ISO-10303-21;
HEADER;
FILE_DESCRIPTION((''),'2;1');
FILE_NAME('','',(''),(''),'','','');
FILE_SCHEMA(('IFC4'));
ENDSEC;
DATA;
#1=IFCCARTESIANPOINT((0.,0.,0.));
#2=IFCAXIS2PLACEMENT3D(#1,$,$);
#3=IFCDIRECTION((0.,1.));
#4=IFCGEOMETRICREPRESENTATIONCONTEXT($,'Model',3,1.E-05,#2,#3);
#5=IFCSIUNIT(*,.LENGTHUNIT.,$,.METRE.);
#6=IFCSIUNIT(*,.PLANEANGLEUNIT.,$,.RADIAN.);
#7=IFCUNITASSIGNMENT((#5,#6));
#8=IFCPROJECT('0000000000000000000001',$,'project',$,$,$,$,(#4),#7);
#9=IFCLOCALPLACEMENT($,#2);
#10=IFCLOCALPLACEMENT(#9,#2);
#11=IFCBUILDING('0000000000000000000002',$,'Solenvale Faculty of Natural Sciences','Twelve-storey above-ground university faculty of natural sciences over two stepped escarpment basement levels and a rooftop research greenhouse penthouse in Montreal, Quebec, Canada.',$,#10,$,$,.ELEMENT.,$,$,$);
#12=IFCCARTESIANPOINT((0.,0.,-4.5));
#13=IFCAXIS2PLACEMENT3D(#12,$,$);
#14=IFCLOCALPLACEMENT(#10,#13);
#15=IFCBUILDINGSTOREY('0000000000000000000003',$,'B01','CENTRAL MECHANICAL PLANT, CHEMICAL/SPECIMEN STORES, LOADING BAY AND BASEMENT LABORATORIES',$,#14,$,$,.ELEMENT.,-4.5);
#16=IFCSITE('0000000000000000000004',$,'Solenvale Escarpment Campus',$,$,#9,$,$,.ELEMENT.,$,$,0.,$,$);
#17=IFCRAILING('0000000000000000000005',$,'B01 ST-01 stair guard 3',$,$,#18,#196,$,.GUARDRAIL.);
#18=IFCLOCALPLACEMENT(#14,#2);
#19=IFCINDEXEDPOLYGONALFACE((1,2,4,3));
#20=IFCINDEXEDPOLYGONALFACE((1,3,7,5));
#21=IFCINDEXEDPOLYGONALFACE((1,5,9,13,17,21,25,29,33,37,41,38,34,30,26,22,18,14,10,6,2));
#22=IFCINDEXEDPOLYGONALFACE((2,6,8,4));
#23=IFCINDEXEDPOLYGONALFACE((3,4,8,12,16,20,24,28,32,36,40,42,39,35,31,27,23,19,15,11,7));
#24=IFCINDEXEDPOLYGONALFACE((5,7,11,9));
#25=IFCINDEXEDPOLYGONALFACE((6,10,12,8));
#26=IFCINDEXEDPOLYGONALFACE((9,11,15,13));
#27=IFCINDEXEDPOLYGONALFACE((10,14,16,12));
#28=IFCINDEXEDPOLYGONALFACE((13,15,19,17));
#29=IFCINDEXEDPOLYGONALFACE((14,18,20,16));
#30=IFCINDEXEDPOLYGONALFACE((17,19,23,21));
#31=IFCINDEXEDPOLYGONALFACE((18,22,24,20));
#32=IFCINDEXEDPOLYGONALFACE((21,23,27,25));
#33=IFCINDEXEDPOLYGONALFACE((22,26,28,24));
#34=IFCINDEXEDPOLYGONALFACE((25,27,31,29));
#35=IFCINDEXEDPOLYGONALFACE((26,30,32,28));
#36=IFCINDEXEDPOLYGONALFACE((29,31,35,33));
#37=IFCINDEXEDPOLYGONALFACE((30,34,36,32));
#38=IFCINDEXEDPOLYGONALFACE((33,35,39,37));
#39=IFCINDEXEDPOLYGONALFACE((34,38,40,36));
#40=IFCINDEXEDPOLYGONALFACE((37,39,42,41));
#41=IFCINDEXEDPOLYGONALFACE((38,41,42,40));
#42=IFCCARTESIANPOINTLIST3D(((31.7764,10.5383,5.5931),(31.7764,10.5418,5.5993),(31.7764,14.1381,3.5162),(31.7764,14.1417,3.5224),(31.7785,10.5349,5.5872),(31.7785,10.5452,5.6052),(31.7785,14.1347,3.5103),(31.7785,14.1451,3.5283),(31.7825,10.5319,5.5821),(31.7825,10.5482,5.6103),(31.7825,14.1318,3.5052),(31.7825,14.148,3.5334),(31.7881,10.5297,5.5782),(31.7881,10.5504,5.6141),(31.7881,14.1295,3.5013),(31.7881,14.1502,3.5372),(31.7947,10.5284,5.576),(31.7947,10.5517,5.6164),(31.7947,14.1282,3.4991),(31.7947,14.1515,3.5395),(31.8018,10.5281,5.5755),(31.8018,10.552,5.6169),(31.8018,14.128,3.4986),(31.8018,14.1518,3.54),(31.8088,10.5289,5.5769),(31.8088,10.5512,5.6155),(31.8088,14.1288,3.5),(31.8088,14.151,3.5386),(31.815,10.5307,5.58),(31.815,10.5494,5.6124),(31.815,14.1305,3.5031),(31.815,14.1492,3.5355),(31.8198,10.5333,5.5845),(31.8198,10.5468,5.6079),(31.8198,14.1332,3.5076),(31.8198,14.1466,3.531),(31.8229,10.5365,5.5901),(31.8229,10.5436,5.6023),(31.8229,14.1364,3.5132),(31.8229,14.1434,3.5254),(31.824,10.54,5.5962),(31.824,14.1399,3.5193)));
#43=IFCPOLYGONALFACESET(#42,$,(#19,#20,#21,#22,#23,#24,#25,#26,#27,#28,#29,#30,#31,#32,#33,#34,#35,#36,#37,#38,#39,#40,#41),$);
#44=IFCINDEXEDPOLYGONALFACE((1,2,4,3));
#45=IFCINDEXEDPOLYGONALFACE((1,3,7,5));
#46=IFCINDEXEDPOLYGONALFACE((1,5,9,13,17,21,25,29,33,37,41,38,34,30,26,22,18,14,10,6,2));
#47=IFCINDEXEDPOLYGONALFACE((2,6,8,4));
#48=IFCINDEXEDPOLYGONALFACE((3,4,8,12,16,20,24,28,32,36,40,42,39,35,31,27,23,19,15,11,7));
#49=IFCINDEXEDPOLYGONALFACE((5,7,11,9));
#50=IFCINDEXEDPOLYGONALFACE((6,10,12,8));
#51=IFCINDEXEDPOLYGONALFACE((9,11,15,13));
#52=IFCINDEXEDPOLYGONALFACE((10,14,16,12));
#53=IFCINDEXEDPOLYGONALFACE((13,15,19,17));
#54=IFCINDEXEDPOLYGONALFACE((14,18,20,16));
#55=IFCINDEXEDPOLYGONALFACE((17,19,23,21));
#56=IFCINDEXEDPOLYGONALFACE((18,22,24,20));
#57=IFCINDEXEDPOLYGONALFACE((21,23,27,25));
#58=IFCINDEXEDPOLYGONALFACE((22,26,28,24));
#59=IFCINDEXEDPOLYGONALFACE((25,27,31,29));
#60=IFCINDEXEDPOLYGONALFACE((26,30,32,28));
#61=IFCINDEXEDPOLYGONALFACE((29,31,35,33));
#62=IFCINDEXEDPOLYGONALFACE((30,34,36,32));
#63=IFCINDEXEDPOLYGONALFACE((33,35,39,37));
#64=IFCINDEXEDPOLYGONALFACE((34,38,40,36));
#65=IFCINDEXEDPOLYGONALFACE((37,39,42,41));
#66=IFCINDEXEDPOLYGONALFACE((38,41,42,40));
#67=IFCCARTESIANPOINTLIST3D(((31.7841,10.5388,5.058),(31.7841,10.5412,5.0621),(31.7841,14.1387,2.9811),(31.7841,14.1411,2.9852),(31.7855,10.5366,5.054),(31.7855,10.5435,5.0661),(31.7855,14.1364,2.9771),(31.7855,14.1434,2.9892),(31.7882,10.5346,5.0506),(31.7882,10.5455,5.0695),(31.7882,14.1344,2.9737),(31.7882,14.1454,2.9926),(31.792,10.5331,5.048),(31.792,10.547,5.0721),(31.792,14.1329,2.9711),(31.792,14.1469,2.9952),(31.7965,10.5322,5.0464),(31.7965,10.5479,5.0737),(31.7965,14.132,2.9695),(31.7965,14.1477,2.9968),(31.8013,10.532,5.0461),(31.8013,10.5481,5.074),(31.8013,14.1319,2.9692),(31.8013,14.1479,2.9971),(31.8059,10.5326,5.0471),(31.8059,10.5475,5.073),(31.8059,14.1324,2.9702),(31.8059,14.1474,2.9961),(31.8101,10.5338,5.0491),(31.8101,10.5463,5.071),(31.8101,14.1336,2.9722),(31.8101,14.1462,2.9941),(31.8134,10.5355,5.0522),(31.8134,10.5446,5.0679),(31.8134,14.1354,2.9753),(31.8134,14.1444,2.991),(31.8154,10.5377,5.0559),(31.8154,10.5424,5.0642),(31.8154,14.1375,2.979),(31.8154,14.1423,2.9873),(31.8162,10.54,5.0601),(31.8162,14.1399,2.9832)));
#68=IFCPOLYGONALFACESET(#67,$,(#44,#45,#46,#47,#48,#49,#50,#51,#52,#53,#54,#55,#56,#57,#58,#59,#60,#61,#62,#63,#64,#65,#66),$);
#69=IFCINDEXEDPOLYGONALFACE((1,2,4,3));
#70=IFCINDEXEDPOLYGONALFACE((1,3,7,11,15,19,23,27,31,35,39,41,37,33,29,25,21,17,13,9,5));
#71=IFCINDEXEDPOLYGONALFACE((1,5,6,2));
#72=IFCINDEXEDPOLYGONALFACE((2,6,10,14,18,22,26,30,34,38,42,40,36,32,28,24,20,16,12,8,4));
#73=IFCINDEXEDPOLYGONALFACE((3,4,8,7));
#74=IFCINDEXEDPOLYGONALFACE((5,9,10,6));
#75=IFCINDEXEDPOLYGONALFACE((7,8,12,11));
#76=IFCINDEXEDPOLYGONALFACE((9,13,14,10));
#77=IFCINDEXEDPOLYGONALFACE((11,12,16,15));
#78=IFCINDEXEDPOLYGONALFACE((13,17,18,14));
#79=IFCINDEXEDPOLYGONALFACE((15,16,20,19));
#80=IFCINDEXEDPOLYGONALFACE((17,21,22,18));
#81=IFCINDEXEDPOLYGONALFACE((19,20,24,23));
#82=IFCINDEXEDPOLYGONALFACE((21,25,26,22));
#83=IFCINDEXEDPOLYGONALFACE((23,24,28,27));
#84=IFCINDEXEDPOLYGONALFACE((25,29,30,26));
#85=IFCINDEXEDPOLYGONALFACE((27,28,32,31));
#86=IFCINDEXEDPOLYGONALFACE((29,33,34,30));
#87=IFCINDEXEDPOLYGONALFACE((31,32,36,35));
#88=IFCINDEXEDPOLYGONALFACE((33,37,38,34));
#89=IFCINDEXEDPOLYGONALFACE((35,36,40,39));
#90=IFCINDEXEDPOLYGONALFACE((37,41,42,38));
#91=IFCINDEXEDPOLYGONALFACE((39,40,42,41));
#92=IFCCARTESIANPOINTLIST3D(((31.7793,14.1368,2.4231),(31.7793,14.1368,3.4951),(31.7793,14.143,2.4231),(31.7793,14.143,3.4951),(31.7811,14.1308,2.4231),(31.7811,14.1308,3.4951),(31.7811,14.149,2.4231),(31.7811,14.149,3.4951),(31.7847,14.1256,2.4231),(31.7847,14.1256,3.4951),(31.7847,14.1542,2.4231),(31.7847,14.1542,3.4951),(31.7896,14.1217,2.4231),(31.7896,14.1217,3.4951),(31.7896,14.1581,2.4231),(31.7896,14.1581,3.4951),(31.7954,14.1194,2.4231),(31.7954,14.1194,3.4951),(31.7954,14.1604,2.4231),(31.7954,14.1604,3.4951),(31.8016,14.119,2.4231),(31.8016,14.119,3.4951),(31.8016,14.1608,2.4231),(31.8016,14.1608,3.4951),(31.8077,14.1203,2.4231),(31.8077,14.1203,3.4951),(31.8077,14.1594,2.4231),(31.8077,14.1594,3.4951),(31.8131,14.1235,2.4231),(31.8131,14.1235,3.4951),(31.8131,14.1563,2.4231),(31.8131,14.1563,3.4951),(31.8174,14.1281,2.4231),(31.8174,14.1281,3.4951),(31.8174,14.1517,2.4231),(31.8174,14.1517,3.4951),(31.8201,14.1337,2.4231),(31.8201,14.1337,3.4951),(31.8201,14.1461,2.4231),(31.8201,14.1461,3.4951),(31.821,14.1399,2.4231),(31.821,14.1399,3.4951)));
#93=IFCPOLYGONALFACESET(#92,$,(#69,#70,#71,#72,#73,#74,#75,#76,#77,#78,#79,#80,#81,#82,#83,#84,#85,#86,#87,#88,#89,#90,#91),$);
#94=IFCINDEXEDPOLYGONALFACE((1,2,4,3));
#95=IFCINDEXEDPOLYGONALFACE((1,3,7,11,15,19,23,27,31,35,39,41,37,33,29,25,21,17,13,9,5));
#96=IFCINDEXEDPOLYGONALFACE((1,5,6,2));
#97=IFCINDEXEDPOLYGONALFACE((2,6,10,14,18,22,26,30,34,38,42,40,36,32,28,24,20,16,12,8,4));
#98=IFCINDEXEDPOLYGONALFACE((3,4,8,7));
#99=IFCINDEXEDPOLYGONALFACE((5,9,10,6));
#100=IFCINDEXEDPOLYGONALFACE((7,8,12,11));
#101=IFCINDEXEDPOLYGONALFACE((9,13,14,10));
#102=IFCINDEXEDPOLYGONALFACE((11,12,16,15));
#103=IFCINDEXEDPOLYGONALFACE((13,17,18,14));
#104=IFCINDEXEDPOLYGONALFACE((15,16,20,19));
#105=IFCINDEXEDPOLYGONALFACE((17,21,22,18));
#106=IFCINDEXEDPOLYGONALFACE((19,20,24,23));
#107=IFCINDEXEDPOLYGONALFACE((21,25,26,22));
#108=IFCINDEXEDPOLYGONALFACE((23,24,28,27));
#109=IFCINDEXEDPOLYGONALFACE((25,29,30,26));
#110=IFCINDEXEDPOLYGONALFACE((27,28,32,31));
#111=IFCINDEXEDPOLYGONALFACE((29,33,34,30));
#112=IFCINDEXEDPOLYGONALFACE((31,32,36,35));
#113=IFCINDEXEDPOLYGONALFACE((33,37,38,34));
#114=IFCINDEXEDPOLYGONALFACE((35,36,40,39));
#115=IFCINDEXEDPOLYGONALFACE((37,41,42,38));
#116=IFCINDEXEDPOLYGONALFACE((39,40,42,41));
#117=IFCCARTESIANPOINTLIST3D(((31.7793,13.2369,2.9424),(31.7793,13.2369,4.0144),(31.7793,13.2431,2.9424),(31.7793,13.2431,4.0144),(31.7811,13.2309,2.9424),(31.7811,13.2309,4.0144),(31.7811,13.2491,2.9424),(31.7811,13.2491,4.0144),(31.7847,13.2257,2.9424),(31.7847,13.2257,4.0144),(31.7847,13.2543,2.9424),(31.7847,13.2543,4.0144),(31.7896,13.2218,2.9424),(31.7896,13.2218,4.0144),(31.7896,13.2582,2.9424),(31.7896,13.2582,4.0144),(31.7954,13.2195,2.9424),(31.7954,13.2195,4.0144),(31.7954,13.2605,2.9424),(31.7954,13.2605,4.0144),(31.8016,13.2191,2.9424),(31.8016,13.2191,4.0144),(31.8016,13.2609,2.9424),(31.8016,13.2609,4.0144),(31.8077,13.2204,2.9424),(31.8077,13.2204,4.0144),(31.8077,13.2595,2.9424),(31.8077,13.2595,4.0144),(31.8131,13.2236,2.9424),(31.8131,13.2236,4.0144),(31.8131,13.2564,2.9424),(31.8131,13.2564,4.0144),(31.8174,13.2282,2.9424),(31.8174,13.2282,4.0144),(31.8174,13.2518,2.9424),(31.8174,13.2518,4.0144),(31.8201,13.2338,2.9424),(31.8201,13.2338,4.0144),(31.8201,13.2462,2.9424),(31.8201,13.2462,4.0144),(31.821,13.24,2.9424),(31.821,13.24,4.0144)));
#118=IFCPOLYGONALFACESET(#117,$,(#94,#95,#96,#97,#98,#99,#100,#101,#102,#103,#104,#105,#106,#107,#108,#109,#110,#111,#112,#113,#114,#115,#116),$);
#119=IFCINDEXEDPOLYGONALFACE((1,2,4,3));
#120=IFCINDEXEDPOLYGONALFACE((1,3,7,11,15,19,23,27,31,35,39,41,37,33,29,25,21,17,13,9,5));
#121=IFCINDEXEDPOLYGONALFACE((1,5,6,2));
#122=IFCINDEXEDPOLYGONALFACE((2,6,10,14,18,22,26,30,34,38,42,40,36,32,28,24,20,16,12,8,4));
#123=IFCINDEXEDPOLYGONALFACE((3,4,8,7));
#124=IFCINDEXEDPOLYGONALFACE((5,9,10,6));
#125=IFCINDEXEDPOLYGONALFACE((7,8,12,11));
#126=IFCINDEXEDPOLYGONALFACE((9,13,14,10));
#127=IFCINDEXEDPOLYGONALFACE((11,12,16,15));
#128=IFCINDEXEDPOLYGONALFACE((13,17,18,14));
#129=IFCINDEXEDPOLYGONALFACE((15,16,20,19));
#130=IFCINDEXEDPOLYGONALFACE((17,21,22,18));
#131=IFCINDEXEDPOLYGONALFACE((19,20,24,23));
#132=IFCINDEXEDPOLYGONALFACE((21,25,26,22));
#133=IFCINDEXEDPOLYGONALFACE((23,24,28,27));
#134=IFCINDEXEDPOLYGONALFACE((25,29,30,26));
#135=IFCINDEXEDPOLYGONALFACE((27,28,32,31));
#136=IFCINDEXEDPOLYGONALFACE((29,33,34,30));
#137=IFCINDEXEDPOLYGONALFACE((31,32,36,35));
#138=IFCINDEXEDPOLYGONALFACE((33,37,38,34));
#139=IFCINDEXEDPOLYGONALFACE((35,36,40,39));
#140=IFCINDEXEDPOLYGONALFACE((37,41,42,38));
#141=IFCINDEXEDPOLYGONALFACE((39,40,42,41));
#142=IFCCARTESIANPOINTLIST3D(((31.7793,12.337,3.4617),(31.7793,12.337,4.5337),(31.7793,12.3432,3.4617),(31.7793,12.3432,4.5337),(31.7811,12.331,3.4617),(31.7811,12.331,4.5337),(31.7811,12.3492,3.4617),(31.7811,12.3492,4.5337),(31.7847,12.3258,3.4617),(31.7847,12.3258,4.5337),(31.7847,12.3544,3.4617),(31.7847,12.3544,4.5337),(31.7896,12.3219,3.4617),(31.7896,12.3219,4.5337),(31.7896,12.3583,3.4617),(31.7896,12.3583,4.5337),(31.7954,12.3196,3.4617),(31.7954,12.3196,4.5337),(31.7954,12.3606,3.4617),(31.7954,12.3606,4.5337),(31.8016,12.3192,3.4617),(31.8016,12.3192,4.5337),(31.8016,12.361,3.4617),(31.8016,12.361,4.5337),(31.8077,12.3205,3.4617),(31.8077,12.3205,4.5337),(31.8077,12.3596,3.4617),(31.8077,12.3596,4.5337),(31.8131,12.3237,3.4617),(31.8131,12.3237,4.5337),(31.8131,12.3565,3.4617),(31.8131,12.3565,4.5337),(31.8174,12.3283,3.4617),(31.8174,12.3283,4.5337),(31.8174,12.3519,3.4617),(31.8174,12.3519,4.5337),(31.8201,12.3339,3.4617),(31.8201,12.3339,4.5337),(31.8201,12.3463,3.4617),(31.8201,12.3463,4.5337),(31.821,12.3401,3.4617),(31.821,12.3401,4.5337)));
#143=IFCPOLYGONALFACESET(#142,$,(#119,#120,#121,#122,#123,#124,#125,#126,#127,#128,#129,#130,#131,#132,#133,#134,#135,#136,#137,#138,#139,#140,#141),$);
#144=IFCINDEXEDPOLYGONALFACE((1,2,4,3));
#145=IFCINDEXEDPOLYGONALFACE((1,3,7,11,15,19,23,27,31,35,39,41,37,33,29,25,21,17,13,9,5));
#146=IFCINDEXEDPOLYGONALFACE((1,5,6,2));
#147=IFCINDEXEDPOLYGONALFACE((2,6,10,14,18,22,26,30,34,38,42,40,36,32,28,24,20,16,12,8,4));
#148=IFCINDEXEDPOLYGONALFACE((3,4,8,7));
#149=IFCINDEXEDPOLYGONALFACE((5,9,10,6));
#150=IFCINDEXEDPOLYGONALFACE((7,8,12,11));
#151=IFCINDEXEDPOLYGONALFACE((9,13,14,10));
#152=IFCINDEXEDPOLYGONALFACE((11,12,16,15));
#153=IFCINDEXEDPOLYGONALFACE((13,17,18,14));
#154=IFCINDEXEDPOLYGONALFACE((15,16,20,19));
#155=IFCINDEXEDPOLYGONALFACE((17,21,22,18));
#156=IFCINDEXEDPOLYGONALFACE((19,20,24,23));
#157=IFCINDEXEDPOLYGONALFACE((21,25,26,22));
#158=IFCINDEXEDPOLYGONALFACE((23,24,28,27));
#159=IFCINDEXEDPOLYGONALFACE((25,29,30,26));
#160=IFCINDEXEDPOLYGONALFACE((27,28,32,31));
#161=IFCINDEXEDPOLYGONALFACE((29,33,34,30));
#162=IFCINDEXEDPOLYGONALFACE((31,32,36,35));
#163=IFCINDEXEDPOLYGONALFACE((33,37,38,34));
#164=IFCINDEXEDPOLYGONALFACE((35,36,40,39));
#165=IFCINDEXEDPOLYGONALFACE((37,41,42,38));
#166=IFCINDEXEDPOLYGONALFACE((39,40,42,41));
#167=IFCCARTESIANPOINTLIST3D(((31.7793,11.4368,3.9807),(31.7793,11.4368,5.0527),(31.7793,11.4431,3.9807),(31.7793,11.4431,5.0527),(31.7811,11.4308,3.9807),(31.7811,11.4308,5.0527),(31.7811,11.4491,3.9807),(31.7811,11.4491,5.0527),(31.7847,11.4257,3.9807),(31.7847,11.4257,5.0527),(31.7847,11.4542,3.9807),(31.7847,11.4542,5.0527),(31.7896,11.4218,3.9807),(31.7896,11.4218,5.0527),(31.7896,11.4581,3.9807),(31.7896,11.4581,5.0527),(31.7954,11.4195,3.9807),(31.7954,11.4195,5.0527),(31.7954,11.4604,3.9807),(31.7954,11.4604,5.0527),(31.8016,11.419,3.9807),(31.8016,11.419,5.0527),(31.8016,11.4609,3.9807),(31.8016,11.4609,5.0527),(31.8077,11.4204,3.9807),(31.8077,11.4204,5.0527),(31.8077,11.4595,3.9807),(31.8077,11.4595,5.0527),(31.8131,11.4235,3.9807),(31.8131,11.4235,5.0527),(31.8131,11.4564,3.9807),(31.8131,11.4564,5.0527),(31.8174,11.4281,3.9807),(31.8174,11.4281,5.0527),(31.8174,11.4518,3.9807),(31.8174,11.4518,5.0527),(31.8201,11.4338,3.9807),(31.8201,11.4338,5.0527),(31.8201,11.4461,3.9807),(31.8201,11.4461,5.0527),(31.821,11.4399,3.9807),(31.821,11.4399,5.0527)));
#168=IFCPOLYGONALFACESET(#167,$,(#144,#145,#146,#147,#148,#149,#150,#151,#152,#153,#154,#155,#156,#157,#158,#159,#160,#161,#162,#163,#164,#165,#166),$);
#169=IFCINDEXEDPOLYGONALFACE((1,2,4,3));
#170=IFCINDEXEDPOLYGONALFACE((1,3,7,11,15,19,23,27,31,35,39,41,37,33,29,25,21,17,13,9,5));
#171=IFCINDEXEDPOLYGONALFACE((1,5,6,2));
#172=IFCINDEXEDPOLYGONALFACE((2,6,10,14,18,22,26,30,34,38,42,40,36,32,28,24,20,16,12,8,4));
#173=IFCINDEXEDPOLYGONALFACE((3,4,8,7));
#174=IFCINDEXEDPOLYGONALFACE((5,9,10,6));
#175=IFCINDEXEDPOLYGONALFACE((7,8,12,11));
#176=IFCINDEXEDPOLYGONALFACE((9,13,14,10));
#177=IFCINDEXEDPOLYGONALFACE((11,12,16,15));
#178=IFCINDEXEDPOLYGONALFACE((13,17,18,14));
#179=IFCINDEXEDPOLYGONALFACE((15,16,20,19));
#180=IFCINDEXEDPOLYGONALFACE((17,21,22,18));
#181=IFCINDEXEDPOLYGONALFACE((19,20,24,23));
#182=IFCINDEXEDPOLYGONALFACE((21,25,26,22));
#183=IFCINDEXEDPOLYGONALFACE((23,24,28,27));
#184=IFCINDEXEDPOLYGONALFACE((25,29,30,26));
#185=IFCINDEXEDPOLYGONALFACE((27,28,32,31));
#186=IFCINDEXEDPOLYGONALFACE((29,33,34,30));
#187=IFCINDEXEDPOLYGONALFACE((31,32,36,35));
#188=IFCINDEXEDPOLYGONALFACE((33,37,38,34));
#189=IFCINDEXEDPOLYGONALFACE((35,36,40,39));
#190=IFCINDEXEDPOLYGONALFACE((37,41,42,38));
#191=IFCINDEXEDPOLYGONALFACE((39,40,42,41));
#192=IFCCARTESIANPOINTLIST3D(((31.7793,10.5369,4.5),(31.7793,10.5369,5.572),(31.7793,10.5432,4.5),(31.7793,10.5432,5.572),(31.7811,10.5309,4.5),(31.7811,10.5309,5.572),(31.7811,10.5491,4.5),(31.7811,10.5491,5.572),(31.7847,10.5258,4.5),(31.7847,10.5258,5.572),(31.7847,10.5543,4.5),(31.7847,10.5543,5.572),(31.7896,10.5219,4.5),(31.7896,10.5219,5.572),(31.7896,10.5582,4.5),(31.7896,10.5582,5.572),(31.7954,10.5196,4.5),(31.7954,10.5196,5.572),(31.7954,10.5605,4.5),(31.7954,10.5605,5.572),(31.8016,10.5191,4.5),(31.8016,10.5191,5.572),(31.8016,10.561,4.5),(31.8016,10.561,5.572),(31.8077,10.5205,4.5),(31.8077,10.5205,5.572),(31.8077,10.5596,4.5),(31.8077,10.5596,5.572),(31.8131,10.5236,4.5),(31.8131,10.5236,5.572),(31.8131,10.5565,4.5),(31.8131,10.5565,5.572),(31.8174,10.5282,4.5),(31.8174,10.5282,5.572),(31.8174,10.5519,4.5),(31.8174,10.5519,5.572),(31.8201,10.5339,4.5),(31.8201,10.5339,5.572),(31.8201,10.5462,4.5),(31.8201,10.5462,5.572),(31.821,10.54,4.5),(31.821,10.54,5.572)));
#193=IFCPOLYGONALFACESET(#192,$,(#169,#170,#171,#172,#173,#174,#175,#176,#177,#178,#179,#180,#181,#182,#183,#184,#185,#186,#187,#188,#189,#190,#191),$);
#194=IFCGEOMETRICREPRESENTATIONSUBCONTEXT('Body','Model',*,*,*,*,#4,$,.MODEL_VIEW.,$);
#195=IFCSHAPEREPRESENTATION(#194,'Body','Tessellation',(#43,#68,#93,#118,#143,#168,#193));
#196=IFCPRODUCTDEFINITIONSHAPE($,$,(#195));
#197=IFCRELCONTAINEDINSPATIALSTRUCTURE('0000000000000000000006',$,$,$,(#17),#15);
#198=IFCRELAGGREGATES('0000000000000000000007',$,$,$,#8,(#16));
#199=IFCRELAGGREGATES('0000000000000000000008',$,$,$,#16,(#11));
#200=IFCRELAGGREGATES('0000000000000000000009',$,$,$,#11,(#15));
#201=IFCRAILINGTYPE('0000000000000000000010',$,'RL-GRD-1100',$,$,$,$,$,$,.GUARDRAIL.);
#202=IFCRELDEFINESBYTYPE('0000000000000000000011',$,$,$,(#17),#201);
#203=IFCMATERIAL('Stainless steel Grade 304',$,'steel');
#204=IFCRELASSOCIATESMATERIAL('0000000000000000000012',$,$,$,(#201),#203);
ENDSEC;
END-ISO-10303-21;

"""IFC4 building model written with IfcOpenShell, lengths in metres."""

from ifc_helpers import new_model, si_unit, direction, frame, origin, origin_2d, place, context, subcontext, project, spatial, circle, extrude, material, type_object, element, save


model = new_model("IFC4")

# Units and contexts
model_context = context("Model", 3, precision=1e-05, world=origin(), true_north=direction((0.0, 1.0)))
body_context = subcontext(model_context, "Body", "Model", "MODEL_VIEW")
ifc_project = project(units=[si_unit("LENGTHUNIT", "METRE"), si_unit("PLANEANGLEUNIT", "RADIAN")], contexts=[model_context])

# Site, building, storey
site_placement = place(None, origin())
site = spatial("IfcSite", under=ifc_project, at=site_placement, Name="Solenvale Escarpment Campus", CompositionType="ELEMENT", RefElevation=0.0)
building_placement = place(site_placement, origin())
building = spatial("IfcBuilding", under=site, at=building_placement, Name="Solenvale Faculty of Natural Sciences", Description="Twelve-storey above-ground university faculty of natural sciences over two stepped escarpment basement levels and a rooftop research greenhouse penthouse in Montreal, Quebec, Canada.", CompositionType="ELEMENT")
storey_placement = place(building_placement, frame((0.0, 0.0, -4.5)))
storey = spatial("IfcBuildingStorey", under=building, at=storey_placement, Name="B01", Description="CENTRAL MECHANICAL PLANT, CHEMICAL/SPECIMEN STORES, LOADING BAY AND BASEMENT LABORATORIES", CompositionType="ELEMENT", Elevation=-4.5)

# Railing
ifc_material_1 = material(Name="Stainless steel Grade 304", Category="steel")
railing_type_1 = type_object("IfcRailingType", Name="RL-GRD-1100", PredefinedType="GUARDRAIL", material=ifc_material_1)
railing_1_placement = place(storey_placement, frame((31.8, 14.1399, 2.4231)))
element("IfcRailing", 1, at=railing_1_placement, inside=storey, type_object=railing_type_1, Name="B01 ST-01 stair guard 3", PredefinedType="GUARDRAIL", context=body_context, shape_type="SweptSolid", body=[
    extrude(circle(Radius=0.0239, at=origin_2d()), frame((0.0, 0.0, 1.0962), z_axis=(0.0, -0.866179, 0.499734), x_axis=(1.0, 0.0, 0.0)), (0.0, 0.0, 1.0), 4.156),
    extrude(circle(Radius=0.0161, at=origin_2d()), frame((0.0, 0.0, 0.5601), z_axis=(0.0, -0.866179, 0.499734), x_axis=(1.0, 0.0, 0.0)), (0.0, 0.0, 1.0), 4.156),
    extrude(circle(Radius=0.021, at=origin_2d()), origin(), (0.0, 0.0, 1.0), 1.072),
    extrude(circle(Radius=0.021, at=origin_2d()), frame((0.0, -0.8999, 0.5193)), (0.0, 0.0, 1.0), 1.072),
    extrude(circle(Radius=0.021, at=origin_2d()), frame((0.0, -1.7998, 1.0386)), (0.0, 0.0, 1.0), 1.072),
    extrude(circle(Radius=0.021, at=origin_2d()), frame((0.0, -2.7, 1.5576)), (0.0, 0.0, 1.0), 1.072),
    extrude(circle(Radius=0.021, at=origin_2d()), frame((0.0, -3.5999, 2.0769)), (0.0, 0.0, 1.0), 1.072),
])

save(model, "model.ifc")
